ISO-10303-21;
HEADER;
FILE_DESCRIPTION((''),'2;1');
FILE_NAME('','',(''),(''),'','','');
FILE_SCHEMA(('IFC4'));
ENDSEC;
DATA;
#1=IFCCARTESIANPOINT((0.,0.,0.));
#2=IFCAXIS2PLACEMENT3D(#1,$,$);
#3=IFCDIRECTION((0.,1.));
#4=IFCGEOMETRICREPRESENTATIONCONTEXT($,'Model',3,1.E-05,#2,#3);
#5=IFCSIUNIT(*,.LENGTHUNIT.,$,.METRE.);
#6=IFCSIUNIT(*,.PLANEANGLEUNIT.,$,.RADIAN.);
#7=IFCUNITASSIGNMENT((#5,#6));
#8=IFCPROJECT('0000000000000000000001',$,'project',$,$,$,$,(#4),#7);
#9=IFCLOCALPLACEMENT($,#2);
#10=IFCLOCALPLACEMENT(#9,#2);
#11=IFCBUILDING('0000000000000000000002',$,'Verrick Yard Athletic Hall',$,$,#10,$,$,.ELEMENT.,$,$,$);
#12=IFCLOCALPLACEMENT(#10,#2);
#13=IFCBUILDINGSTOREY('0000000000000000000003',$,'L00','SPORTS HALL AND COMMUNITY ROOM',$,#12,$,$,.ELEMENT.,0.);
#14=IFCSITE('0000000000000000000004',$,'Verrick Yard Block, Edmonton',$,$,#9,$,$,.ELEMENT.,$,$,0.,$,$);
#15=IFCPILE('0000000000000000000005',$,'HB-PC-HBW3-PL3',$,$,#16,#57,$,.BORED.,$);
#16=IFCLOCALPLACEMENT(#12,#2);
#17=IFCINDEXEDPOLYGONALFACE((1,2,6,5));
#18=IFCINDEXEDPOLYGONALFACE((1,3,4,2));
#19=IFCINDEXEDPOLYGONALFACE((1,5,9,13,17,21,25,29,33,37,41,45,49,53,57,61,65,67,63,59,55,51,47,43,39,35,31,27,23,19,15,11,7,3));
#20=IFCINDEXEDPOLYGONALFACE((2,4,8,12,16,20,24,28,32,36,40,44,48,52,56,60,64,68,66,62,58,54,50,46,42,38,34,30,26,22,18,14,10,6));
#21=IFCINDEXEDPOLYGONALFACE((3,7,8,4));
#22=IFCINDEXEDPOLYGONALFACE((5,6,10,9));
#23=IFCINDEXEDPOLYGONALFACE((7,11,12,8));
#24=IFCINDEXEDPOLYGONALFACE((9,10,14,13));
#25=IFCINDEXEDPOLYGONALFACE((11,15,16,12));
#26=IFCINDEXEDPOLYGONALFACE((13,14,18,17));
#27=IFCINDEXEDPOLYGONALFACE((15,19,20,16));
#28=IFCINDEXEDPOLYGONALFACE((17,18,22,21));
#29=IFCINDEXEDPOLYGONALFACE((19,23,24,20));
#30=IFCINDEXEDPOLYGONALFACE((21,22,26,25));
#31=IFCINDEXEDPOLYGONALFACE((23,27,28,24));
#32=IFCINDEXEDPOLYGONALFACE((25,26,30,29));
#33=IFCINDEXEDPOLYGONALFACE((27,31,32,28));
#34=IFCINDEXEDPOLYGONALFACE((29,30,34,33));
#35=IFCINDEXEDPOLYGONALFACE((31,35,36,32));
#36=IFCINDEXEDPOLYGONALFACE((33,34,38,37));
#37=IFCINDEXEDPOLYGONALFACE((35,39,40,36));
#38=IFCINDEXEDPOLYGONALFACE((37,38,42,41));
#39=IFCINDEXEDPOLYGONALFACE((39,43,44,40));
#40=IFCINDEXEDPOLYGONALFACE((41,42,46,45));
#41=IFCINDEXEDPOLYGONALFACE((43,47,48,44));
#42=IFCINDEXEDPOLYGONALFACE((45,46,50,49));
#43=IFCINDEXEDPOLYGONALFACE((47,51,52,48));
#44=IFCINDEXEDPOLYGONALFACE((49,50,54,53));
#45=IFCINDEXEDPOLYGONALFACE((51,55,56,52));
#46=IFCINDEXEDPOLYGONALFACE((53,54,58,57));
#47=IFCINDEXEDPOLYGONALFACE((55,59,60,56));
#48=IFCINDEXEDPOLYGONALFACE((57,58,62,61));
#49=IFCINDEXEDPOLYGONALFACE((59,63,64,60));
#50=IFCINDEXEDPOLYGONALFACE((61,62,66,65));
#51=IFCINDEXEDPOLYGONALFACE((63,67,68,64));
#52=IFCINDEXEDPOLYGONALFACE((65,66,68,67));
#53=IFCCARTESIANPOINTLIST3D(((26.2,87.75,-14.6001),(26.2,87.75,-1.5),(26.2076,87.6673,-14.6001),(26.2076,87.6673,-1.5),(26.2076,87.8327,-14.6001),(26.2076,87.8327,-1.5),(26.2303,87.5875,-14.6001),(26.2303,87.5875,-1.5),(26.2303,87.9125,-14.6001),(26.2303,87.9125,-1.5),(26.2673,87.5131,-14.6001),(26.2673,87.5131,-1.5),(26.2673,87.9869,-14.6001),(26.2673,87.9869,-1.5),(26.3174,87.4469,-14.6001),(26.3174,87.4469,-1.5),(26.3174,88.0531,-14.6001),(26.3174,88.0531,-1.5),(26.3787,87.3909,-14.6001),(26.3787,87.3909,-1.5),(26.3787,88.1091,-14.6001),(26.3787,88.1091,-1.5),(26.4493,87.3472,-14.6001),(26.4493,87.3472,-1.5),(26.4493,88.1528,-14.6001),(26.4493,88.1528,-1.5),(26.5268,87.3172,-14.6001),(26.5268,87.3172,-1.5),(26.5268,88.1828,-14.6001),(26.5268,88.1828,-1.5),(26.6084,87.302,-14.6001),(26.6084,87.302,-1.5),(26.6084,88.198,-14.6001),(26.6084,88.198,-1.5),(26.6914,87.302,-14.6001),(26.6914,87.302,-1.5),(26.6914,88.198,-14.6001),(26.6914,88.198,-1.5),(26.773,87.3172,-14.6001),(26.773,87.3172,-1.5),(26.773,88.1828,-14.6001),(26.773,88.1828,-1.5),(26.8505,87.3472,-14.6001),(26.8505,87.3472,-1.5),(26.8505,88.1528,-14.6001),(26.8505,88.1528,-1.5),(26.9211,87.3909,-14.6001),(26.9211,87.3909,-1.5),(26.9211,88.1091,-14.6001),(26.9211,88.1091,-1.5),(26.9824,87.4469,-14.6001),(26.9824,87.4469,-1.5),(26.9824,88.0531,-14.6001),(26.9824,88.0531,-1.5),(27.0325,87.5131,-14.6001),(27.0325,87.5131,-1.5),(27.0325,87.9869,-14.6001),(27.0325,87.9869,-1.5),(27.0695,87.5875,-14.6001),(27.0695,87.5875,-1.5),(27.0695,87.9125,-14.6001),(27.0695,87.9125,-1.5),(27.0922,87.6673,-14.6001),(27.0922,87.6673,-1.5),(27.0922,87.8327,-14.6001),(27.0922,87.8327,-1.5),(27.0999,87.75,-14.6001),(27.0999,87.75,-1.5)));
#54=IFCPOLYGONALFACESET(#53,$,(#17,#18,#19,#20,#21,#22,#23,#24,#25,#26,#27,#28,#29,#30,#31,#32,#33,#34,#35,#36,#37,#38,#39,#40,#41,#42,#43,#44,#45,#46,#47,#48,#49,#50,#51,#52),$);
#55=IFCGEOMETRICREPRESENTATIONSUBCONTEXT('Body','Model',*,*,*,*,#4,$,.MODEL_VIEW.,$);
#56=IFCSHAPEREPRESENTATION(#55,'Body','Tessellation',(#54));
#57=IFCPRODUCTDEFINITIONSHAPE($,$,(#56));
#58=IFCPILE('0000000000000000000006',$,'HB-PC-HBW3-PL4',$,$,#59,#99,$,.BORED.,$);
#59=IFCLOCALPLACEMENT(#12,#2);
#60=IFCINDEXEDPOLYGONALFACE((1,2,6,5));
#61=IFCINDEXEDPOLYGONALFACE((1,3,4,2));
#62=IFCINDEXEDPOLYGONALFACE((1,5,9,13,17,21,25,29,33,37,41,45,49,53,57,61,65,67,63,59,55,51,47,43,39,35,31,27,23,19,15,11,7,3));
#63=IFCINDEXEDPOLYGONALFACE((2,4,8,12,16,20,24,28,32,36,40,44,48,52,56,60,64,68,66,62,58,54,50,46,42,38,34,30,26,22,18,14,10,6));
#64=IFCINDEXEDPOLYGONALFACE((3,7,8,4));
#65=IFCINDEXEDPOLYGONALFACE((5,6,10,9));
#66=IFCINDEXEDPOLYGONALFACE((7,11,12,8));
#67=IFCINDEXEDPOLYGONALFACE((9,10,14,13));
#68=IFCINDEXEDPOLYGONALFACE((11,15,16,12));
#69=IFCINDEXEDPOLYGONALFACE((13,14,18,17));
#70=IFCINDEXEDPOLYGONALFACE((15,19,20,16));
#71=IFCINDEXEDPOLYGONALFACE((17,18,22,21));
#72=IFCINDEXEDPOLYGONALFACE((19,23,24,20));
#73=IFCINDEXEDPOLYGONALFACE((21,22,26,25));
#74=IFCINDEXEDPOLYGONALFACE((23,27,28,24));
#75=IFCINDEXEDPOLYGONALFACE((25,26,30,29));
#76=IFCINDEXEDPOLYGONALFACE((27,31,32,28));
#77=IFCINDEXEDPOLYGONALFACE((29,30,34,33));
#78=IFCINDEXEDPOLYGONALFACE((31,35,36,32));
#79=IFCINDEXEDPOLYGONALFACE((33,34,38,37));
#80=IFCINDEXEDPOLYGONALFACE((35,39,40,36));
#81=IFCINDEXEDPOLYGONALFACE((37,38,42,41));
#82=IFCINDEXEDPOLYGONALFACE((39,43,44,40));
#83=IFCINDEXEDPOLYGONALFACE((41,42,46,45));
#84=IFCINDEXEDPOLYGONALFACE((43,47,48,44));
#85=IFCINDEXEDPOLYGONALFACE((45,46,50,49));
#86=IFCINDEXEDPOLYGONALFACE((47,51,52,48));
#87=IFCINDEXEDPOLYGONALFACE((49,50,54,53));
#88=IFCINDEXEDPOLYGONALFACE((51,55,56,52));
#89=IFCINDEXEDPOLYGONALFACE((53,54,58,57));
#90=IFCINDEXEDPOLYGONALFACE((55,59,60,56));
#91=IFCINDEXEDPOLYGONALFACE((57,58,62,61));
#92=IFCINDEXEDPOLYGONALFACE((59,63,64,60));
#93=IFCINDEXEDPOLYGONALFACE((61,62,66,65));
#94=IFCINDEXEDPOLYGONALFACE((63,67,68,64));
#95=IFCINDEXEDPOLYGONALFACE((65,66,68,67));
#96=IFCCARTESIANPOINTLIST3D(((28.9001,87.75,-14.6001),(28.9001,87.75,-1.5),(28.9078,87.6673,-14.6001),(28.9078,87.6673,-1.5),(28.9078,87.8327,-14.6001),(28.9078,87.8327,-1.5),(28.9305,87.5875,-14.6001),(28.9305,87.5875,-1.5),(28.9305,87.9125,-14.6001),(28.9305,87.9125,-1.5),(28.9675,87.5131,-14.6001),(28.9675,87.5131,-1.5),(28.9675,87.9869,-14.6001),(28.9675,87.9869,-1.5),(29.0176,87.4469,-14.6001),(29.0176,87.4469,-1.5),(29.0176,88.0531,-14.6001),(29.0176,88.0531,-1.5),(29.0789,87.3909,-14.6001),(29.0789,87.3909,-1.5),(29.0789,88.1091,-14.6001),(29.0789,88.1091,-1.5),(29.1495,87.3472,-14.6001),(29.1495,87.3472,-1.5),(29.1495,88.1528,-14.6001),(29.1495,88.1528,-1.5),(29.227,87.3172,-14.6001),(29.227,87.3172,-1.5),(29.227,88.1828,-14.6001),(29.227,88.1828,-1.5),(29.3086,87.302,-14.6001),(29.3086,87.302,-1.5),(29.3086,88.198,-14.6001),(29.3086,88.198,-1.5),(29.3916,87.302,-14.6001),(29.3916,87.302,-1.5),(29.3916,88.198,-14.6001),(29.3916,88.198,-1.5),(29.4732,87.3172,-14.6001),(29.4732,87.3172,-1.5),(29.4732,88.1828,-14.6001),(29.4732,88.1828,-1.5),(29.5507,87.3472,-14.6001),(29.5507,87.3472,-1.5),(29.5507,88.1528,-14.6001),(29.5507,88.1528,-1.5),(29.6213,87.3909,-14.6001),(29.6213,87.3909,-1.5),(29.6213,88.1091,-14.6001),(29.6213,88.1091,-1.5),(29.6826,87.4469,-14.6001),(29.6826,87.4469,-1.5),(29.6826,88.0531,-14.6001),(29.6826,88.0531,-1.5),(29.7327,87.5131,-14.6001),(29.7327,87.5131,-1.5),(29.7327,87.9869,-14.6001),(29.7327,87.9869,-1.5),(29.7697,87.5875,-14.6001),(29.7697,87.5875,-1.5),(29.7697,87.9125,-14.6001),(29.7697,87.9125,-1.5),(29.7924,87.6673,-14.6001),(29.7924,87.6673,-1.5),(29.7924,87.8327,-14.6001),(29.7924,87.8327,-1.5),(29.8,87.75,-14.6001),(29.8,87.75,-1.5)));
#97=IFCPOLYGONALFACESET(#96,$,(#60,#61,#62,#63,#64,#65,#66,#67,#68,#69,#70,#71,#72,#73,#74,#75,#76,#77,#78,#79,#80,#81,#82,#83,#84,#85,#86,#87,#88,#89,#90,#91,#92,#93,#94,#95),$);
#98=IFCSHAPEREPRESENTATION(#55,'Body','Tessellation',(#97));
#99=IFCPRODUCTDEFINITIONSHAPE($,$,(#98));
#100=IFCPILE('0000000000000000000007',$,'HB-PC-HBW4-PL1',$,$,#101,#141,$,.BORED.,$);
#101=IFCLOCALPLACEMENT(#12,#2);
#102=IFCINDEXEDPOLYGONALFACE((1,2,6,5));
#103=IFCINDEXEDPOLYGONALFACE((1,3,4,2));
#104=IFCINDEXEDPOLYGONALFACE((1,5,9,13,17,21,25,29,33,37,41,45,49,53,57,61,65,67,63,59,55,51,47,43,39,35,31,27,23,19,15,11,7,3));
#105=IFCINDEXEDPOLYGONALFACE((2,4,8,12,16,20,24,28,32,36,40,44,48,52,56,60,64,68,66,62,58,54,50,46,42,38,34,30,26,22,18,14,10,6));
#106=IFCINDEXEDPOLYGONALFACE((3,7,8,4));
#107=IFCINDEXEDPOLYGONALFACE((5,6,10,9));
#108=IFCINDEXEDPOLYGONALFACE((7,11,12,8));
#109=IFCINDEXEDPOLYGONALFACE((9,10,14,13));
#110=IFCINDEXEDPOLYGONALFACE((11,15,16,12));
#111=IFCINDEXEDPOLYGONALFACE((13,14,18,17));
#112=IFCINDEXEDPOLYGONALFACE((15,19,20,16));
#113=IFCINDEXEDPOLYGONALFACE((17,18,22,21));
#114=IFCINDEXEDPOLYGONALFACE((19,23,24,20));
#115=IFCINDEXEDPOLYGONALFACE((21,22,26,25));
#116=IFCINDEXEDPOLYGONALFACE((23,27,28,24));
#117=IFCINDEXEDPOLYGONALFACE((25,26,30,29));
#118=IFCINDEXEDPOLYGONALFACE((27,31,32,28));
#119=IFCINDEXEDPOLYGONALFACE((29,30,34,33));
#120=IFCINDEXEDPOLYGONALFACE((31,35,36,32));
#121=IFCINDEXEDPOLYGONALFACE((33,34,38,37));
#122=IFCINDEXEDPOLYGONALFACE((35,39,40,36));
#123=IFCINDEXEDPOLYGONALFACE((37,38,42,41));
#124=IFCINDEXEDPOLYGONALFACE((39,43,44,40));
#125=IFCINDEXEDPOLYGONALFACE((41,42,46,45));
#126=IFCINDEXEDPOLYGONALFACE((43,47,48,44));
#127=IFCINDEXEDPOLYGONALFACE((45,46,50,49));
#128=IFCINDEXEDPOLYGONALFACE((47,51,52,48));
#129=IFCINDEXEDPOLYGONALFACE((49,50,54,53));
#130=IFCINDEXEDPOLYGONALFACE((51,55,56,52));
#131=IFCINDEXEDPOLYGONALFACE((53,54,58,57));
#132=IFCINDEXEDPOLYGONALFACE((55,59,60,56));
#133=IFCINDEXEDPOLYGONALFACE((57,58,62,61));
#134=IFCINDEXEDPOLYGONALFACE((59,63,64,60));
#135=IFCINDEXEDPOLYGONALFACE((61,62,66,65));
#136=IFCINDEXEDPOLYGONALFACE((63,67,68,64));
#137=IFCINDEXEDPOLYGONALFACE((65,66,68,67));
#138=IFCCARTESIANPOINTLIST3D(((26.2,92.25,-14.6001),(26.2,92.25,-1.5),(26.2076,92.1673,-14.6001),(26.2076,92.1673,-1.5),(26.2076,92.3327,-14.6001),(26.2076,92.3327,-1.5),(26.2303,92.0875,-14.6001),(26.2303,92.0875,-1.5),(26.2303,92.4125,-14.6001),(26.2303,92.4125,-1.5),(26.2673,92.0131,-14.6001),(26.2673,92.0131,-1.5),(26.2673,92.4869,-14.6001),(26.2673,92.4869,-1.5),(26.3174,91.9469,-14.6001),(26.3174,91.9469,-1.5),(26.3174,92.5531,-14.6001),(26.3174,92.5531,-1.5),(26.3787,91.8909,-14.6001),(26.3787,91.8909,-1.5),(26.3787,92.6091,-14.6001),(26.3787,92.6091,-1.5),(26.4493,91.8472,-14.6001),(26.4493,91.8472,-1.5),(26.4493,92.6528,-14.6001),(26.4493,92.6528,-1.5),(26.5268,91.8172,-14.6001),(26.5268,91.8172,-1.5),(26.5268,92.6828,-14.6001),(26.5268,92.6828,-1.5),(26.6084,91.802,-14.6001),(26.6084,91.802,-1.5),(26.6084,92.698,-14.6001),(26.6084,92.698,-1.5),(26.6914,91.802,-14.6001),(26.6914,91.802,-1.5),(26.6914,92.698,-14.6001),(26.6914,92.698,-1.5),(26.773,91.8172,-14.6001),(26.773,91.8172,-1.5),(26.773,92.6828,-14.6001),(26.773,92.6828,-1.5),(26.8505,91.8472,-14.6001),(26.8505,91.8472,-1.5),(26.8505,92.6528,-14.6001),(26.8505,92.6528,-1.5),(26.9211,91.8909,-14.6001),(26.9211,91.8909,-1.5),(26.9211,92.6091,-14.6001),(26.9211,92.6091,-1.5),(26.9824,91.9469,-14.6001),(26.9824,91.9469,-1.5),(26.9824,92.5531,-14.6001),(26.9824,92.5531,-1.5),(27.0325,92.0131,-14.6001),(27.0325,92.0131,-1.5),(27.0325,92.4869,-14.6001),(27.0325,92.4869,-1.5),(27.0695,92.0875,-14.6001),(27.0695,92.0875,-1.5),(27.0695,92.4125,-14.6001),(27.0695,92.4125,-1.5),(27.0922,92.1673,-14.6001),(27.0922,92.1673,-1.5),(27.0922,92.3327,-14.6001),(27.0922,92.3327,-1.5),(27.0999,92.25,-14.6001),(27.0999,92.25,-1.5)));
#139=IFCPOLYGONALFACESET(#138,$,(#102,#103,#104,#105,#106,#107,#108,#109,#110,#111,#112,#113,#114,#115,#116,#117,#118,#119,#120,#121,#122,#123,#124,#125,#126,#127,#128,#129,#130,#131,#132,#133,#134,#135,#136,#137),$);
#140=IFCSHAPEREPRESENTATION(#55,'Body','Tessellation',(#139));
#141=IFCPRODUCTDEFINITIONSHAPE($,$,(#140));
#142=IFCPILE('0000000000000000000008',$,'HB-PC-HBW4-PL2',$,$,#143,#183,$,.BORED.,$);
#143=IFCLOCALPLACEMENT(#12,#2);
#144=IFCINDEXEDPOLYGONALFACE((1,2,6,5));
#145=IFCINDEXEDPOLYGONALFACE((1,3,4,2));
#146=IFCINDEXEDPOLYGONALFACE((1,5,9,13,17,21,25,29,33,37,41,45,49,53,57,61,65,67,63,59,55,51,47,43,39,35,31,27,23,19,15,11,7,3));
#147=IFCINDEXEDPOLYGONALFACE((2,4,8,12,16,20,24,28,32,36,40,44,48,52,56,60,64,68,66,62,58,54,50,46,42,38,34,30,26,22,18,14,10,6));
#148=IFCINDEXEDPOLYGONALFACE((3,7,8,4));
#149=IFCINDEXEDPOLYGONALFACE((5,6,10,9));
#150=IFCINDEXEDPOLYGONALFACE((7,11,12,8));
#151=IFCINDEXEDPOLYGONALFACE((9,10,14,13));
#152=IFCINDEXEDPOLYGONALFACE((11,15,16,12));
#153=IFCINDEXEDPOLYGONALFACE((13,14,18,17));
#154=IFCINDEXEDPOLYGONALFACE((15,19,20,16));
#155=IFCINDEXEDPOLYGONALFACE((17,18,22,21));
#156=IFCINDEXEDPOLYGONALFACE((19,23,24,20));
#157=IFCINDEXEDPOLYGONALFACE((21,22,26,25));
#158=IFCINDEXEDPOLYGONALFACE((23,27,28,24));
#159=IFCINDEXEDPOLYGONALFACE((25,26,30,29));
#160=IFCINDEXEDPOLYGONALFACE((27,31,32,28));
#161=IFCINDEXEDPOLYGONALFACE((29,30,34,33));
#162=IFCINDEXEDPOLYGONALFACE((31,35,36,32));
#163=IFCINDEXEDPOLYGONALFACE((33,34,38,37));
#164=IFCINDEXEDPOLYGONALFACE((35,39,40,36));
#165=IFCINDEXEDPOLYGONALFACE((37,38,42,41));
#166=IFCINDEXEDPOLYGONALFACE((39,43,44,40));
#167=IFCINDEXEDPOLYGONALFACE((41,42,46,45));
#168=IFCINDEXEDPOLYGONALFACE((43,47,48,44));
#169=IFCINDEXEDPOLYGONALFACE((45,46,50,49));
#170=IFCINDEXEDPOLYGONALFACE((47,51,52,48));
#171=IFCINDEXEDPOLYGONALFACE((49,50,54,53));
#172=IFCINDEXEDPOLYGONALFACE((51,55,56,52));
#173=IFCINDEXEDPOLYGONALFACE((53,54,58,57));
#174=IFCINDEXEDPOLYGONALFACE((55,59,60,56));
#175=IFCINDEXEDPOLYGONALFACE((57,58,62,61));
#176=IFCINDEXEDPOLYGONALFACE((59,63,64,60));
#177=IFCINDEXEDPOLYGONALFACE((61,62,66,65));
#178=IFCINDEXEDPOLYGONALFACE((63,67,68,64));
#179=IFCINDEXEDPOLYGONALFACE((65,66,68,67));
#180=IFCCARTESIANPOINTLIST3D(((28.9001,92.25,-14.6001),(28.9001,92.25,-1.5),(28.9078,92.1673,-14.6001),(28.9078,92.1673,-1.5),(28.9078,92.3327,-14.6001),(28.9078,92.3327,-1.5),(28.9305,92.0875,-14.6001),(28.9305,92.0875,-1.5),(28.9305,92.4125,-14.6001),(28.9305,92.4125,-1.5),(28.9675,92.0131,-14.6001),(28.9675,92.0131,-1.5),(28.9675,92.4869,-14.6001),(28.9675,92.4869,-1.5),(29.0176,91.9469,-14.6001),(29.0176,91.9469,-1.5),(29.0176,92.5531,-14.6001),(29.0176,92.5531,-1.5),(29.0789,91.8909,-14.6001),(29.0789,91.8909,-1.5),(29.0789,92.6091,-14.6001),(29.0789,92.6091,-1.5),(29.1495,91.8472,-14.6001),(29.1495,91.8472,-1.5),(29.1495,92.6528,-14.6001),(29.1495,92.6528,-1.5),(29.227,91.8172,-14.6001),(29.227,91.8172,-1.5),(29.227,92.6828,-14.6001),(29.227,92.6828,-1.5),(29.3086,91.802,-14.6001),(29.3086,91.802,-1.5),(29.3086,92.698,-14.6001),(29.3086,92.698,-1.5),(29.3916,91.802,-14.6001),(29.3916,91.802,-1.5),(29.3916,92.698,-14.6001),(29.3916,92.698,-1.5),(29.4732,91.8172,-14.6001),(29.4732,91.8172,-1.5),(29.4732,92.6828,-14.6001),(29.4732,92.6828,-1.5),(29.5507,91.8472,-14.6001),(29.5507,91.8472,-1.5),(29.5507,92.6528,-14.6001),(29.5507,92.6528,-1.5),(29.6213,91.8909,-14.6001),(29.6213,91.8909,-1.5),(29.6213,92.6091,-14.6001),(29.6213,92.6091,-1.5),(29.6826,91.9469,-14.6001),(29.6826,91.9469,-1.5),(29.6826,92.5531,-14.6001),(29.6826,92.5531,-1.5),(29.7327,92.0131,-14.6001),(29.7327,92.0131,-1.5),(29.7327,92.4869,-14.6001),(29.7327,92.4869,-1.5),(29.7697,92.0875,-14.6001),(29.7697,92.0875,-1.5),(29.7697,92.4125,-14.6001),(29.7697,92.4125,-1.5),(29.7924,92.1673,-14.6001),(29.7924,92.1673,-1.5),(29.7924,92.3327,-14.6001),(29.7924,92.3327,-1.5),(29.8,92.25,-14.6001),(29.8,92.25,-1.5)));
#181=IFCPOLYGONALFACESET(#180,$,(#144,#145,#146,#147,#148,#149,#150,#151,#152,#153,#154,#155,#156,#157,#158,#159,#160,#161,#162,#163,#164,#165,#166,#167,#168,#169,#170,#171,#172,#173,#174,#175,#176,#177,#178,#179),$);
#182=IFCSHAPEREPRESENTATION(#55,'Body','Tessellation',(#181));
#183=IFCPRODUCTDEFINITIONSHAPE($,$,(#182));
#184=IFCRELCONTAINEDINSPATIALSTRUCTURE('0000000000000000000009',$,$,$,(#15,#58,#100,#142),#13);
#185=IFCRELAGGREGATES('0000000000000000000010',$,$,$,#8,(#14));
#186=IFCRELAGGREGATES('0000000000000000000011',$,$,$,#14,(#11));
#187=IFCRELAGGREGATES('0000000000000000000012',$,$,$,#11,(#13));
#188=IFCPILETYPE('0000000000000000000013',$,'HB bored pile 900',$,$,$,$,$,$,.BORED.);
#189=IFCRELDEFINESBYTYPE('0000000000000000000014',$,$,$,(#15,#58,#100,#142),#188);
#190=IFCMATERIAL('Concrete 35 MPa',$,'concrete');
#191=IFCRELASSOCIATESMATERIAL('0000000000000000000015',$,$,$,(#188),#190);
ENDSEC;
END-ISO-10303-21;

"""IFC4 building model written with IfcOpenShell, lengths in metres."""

from ifc_helpers import new_model, si_unit, direction, frame, origin, origin_2d, place, context, subcontext, project, spatial, circle, extrude, material, material_profile, profile_set, type_object, element, save


model = new_model("IFC4")

# Units and contexts
model_context = context("Model", 3, precision=1e-05, world=origin(), true_north=direction((0.0, 1.0)))
body_context = subcontext(model_context, "Body", "Model", "MODEL_VIEW")
ifc_project = project(units=[si_unit("LENGTHUNIT", "METRE"), si_unit("PLANEANGLEUNIT", "RADIAN")], contexts=[model_context])

# Site, building, storey
site_placement = place(None, origin())
site = spatial("IfcSite", under=ifc_project, at=site_placement, Name="Verrick Yard Block, Edmonton", CompositionType="ELEMENT", RefElevation=0.0)
building_placement = place(site_placement, origin())
building = spatial("IfcBuilding", under=site, at=building_placement, Name="Verrick Yard Athletic Hall", CompositionType="ELEMENT")
storey_placement = place(building_placement, origin())
storey = spatial("IfcBuildingStorey", under=building, at=storey_placement, Name="L00", Description="SPORTS HALL AND COMMUNITY ROOM", CompositionType="ELEMENT", Elevation=0.0)

# Piles
ifc_material_1 = material(Name="Concrete 35 MPa", Category="concrete")
ifc_material_profile_1 = material_profile(ifc_material_1, circle(Radius=0.45, at=origin_2d()), Name="Bored pile 900")
ifc_profile_set_1 = profile_set([ifc_material_profile_1], Name="Concrete 35 MPa")
pile_type = type_object("IfcPileType", Name="HB bored pile 900", PredefinedType="BORED", material=ifc_profile_set_1)
for number, where, z_axis, x_axis, name in (
    (1, (26.6499, 87.75, -1.5), (0.0, 0.0, -1.0), (1.0, 0.0, 0.0), "HB-PC-HBW3-PL3"),
    (2, (29.3501, 87.75, -1.5), (0.0, 0.0, -1.0), (1.0, 0.0, 0.0), "HB-PC-HBW3-PL4"),
    (3, (26.6499, 92.25, -1.5), (0.0, 0.0, -1.0), (1.0, 0.0, 0.0), "HB-PC-HBW4-PL1"),
    (4, (29.3501, 92.25, -1.5), (0.0, 0.0, -1.0), (1.0, 0.0, 0.0), "HB-PC-HBW4-PL2"),
):
    element("IfcPile", number, at=place(storey_placement, frame(where, z_axis=z_axis, x_axis=x_axis)), inside=storey, type_object=pile_type, Name=name, PredefinedType="BORED", context=body_context, shape_type="SweptSolid", body=[
        extrude(circle(Radius=0.45, at=origin_2d()), origin(), (0.0, 0.0, 1.0), 13.1001),
    ])

save(model, "model.ifc")
